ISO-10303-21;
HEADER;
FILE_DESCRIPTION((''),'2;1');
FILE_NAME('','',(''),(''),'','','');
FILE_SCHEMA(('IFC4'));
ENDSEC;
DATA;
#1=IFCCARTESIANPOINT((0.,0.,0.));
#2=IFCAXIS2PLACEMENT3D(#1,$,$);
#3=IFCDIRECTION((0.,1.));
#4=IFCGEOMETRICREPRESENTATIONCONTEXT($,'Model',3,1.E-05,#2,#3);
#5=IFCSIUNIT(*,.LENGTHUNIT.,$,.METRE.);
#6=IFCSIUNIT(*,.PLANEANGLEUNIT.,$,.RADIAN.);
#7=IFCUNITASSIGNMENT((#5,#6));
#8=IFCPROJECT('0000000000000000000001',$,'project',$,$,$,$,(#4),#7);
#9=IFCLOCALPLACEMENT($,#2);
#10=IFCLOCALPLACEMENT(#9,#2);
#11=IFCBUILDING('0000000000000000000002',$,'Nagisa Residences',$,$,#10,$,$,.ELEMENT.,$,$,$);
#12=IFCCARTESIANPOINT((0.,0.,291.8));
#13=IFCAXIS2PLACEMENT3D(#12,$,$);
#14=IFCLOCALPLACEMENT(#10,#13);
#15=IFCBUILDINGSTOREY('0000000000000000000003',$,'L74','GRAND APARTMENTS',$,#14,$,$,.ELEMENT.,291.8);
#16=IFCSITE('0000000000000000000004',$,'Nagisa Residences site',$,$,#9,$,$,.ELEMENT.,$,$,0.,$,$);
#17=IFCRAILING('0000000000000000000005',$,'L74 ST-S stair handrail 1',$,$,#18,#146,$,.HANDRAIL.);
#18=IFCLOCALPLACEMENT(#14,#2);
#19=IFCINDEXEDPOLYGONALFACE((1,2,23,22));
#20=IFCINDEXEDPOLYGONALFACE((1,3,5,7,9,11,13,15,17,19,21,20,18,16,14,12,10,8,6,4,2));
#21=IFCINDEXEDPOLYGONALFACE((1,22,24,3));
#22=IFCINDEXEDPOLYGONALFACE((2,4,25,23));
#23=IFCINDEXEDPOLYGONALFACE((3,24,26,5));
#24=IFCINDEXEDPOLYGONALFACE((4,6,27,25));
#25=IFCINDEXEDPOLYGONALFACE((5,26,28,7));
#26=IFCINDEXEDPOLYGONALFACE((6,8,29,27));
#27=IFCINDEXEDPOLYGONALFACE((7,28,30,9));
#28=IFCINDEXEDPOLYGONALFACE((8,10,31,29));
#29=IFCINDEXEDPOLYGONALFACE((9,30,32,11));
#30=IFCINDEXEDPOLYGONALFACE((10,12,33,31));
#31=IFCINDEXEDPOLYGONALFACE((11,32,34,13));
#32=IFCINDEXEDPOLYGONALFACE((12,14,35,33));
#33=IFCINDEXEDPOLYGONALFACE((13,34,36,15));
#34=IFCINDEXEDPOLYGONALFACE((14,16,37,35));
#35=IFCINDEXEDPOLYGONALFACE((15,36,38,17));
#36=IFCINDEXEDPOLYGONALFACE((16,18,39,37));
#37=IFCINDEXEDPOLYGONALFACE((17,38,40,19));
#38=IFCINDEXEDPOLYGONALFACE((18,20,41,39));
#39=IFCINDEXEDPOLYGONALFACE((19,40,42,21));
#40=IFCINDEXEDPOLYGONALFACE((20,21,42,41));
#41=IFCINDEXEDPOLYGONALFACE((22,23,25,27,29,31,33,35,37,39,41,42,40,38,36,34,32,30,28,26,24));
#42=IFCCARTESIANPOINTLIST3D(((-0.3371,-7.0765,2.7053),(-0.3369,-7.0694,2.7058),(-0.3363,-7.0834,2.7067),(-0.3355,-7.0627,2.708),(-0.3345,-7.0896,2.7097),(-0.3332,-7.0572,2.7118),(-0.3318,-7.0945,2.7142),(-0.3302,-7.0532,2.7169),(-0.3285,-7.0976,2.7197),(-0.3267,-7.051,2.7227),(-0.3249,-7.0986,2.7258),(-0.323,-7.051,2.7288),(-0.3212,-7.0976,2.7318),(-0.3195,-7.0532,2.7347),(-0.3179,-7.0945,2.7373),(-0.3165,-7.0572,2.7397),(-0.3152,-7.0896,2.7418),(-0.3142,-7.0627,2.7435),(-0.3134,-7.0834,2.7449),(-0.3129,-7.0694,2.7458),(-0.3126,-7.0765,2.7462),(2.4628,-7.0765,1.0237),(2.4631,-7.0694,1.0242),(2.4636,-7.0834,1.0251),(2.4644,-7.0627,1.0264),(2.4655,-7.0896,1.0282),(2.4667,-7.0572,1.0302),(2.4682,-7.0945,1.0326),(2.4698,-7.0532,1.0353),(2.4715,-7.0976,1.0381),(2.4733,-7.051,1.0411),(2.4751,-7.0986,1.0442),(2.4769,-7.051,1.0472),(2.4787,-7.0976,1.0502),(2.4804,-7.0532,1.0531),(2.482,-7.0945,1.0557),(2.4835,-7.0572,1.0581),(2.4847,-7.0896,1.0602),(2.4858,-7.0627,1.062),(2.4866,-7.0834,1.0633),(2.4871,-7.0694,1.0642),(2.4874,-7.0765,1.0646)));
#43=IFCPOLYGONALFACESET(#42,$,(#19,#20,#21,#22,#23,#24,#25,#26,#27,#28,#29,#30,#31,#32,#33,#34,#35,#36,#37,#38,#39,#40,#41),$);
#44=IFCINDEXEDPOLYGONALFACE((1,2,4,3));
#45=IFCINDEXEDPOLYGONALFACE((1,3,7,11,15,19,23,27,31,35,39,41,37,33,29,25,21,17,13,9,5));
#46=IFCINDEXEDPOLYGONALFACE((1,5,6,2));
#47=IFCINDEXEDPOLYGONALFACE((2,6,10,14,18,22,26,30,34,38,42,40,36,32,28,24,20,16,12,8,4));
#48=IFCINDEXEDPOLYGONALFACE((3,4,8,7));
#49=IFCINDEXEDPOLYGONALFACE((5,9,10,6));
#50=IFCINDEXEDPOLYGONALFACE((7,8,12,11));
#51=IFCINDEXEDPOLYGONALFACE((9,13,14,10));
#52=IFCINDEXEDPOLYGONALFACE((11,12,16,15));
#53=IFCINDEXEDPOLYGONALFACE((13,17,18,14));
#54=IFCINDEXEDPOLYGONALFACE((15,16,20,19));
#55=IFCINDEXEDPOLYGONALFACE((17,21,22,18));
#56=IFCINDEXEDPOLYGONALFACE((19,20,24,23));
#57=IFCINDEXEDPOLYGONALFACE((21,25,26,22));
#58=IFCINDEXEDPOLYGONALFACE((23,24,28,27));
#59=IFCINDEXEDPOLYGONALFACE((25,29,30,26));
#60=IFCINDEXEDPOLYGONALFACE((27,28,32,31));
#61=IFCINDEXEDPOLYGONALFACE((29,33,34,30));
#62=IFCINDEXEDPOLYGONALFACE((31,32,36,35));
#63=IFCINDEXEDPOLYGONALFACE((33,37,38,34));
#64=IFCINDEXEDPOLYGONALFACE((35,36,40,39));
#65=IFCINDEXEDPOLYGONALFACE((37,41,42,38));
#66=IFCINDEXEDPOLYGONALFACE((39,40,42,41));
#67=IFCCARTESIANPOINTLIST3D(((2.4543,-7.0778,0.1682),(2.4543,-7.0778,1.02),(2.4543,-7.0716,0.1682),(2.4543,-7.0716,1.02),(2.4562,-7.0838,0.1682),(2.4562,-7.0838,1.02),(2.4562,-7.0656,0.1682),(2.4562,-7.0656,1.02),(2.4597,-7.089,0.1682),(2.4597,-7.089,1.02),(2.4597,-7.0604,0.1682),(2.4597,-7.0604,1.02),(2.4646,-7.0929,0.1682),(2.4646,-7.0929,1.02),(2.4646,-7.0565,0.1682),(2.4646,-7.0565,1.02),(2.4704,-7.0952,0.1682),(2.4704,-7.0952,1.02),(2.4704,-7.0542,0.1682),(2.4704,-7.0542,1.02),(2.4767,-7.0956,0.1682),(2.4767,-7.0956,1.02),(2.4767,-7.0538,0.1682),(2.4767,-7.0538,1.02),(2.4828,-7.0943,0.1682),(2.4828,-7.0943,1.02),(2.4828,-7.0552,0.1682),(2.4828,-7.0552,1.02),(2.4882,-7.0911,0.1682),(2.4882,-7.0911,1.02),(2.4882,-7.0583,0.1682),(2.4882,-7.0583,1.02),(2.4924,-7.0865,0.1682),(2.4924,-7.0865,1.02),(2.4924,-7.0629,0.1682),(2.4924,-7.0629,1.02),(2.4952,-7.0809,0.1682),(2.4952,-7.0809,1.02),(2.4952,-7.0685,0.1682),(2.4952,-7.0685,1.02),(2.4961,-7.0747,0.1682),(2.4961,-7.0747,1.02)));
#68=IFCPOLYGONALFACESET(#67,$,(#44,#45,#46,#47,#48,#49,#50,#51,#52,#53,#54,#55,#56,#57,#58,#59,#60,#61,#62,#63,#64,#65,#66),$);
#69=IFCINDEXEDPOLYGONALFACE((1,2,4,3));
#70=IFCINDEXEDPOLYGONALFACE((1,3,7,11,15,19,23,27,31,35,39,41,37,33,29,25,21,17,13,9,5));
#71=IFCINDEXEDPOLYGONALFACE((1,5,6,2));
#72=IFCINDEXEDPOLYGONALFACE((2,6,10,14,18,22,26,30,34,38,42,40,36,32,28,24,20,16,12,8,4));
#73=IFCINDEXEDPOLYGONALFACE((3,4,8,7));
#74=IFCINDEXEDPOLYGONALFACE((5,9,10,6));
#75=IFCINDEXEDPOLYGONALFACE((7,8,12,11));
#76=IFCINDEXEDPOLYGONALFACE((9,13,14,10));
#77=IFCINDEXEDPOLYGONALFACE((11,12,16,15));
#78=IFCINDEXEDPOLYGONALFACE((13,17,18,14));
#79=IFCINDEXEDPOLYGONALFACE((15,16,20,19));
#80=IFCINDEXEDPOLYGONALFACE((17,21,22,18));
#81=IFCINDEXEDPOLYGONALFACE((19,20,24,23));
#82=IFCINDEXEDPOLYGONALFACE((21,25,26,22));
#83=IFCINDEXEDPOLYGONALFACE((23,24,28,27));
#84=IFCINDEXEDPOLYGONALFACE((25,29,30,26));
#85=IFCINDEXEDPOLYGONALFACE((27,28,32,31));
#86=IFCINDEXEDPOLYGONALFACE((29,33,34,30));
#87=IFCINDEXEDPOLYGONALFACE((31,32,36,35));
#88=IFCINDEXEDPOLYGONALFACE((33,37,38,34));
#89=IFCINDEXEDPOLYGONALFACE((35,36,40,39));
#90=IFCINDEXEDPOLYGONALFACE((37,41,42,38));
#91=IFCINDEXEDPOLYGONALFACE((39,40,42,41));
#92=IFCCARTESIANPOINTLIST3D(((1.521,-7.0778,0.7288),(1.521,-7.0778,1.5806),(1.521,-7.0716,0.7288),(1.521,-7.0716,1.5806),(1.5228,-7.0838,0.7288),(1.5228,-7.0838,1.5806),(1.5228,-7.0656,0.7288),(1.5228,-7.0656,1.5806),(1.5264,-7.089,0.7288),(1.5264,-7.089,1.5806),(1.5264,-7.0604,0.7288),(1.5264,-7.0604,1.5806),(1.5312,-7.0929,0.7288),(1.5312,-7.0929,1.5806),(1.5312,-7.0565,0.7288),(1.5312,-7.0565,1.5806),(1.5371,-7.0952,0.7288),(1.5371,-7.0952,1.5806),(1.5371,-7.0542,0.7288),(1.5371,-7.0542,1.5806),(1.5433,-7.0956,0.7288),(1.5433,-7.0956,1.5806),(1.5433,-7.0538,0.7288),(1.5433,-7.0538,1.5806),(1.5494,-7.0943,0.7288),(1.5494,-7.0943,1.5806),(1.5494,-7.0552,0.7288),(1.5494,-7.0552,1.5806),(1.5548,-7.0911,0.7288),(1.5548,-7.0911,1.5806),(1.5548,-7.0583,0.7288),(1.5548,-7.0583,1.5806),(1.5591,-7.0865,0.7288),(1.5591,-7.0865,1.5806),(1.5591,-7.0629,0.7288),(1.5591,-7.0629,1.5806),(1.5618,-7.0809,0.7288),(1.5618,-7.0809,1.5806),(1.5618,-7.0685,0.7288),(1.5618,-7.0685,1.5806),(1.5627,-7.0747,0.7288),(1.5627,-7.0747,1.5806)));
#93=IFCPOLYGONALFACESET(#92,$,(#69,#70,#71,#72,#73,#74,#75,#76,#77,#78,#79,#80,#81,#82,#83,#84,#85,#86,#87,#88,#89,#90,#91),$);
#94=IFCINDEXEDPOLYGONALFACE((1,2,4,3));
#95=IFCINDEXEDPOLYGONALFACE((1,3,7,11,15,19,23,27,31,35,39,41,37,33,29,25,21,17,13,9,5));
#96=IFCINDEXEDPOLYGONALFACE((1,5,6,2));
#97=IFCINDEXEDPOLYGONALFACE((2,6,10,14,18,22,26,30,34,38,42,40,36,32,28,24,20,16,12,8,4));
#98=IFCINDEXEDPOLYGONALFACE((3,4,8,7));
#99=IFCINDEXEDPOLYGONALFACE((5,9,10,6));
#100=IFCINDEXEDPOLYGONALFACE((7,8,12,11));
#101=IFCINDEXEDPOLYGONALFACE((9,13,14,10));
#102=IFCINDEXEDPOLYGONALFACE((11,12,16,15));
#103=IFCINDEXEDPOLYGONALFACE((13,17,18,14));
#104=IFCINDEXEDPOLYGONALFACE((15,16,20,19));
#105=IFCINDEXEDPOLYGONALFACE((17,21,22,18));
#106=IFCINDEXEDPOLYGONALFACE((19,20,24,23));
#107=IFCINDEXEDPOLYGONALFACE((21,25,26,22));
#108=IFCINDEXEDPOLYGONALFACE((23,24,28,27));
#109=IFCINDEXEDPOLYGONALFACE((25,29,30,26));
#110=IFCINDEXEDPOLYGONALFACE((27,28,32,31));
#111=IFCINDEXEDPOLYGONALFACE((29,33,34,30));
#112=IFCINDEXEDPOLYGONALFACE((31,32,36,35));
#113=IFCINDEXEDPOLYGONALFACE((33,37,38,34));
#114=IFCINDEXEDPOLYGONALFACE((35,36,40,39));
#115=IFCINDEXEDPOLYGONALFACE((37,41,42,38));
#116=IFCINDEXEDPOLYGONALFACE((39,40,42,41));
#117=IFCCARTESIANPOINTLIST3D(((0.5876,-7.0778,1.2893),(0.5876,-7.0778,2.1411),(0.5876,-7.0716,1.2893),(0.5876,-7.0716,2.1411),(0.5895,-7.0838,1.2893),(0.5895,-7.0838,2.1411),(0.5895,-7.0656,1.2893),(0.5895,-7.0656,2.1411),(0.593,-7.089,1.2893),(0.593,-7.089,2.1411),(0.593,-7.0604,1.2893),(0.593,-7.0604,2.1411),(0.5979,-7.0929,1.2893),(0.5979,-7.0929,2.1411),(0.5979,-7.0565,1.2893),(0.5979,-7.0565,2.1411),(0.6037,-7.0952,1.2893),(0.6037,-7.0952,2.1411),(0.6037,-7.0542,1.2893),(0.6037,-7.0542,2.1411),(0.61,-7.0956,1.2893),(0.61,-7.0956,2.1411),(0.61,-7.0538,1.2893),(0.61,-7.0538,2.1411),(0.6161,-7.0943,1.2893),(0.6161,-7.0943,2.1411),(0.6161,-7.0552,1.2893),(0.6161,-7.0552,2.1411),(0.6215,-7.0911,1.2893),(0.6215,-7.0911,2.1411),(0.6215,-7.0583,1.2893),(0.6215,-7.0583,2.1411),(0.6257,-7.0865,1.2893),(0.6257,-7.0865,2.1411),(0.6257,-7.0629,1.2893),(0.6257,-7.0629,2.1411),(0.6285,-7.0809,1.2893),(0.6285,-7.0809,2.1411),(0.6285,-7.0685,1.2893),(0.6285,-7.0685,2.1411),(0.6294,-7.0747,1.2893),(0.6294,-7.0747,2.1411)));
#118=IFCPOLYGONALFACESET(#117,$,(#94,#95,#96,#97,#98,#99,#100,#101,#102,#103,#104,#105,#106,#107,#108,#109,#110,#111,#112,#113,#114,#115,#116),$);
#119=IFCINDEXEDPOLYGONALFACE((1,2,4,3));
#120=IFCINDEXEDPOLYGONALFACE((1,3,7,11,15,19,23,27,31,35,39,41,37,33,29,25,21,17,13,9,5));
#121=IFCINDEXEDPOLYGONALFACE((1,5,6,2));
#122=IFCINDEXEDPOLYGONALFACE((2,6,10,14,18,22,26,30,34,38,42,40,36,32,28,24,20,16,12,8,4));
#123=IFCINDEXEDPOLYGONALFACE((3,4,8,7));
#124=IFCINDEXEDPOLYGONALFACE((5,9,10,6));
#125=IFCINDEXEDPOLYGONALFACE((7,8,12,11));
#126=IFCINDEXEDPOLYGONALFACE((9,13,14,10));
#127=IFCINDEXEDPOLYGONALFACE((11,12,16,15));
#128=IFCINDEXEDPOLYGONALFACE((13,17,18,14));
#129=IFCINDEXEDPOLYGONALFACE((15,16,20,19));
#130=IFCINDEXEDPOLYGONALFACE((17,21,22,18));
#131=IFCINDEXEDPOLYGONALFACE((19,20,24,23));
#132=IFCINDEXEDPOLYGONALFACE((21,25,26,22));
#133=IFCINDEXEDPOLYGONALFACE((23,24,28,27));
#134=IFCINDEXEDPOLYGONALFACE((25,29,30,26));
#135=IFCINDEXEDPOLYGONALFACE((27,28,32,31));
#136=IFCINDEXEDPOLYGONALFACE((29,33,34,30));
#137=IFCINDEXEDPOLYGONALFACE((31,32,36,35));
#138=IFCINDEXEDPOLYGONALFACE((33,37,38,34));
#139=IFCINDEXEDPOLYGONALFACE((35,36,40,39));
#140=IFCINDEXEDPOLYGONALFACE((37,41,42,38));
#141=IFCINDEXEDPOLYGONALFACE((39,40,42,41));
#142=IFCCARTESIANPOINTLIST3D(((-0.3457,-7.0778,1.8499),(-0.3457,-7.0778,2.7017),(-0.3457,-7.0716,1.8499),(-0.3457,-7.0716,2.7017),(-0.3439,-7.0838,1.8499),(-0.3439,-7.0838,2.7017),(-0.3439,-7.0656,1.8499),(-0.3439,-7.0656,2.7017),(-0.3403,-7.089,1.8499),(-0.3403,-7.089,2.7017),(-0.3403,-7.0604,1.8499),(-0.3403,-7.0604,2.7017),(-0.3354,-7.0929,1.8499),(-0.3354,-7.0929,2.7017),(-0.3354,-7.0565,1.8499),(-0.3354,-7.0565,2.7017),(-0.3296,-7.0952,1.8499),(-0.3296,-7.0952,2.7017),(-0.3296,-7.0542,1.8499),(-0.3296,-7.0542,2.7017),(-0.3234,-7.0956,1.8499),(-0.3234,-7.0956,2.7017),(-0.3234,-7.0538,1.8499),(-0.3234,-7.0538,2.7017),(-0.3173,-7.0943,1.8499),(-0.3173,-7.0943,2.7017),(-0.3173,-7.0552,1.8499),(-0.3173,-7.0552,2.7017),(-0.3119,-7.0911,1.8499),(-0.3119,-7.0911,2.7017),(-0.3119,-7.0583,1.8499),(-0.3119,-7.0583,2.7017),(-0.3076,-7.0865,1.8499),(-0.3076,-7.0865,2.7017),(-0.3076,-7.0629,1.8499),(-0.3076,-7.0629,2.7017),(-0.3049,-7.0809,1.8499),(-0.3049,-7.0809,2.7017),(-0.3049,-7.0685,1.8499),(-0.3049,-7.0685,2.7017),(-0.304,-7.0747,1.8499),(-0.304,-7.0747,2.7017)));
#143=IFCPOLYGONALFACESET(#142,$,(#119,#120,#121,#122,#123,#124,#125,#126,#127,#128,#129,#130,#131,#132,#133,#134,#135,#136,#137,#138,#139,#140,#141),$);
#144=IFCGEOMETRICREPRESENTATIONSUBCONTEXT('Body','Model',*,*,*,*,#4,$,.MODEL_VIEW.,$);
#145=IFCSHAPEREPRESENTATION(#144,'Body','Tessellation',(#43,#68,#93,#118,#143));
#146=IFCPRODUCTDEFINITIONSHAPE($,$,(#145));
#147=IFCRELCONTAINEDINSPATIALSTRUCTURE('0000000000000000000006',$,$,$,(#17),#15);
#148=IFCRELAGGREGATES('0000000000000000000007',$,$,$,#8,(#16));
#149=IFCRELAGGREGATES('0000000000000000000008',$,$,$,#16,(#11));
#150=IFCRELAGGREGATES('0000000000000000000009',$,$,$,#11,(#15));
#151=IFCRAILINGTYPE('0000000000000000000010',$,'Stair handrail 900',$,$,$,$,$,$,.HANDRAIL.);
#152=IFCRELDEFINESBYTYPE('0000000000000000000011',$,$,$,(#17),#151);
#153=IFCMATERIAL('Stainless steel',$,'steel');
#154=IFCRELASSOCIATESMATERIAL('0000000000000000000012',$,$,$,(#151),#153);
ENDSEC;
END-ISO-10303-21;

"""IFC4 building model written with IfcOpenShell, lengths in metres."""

from ifc_helpers import new_model, si_unit, direction, frame, origin, origin_2d, place, context, subcontext, project, spatial, circle, extrude, material, type_object, element, save


model = new_model("IFC4")

# Units and contexts
model_context = context("Model", 3, precision=1e-05, world=origin(), true_north=direction((0.0, 1.0)))
body_context = subcontext(model_context, "Body", "Model", "MODEL_VIEW")
ifc_project = project(units=[si_unit("LENGTHUNIT", "METRE"), si_unit("PLANEANGLEUNIT", "RADIAN")], contexts=[model_context])

# Site, building, storey
site_placement = place(None, origin())
site = spatial("IfcSite", under=ifc_project, at=site_placement, Name="Nagisa Residences site", CompositionType="ELEMENT", RefElevation=0.0)
building_placement = place(site_placement, origin())
building = spatial("IfcBuilding", under=site, at=building_placement, Name="Nagisa Residences", CompositionType="ELEMENT")
storey_placement = place(building_placement, frame((0.0, 0.0, 291.8)))
storey = spatial("IfcBuildingStorey", under=building, at=storey_placement, Name="L74", Description="GRAND APARTMENTS", CompositionType="ELEMENT", Elevation=291.8)

# Railing
ifc_material_1 = material(Name="Stainless steel", Category="steel")
railing_type_1 = type_object("IfcRailingType", Name="Stair handrail 900", PredefinedType="HANDRAIL", material=ifc_material_1)
railing_1_placement = place(storey_placement, frame((2.4751, -7.0747, 0.1682)))
element("IfcRailing", 1, at=railing_1_placement, inside=storey, type_object=railing_type_1, Name="L74 ST-S stair handrail 1", PredefinedType="HANDRAIL", context=body_context, shape_type="SweptSolid", body=[
    extrude(circle(Radius=0.0239, at=origin_2d()), frame((0.0, 0.0, 0.876), z_axis=(-0.857275, 0.0, 0.514858), x_axis=(0.0, -1.0, 0.0)), (0.0, 0.0, 1.0), 3.2661),
    extrude(circle(Radius=0.021, at=origin_2d()), origin(), (0.0, 0.0, 1.0), 0.8518),
    extrude(circle(Radius=0.021, at=origin_2d()), frame((-0.9333, 0.0, 0.5605)), (0.0, 0.0, 1.0), 0.8518),
    extrude(circle(Radius=0.021, at=origin_2d()), frame((-1.8667, 0.0, 1.1211)), (0.0, 0.0, 1.0), 0.8518),
    extrude(circle(Radius=0.021, at=origin_2d()), frame((-2.8, 0.0, 1.6816)), (0.0, 0.0, 1.0), 0.8518),
])

save(model, "model.ifc")
